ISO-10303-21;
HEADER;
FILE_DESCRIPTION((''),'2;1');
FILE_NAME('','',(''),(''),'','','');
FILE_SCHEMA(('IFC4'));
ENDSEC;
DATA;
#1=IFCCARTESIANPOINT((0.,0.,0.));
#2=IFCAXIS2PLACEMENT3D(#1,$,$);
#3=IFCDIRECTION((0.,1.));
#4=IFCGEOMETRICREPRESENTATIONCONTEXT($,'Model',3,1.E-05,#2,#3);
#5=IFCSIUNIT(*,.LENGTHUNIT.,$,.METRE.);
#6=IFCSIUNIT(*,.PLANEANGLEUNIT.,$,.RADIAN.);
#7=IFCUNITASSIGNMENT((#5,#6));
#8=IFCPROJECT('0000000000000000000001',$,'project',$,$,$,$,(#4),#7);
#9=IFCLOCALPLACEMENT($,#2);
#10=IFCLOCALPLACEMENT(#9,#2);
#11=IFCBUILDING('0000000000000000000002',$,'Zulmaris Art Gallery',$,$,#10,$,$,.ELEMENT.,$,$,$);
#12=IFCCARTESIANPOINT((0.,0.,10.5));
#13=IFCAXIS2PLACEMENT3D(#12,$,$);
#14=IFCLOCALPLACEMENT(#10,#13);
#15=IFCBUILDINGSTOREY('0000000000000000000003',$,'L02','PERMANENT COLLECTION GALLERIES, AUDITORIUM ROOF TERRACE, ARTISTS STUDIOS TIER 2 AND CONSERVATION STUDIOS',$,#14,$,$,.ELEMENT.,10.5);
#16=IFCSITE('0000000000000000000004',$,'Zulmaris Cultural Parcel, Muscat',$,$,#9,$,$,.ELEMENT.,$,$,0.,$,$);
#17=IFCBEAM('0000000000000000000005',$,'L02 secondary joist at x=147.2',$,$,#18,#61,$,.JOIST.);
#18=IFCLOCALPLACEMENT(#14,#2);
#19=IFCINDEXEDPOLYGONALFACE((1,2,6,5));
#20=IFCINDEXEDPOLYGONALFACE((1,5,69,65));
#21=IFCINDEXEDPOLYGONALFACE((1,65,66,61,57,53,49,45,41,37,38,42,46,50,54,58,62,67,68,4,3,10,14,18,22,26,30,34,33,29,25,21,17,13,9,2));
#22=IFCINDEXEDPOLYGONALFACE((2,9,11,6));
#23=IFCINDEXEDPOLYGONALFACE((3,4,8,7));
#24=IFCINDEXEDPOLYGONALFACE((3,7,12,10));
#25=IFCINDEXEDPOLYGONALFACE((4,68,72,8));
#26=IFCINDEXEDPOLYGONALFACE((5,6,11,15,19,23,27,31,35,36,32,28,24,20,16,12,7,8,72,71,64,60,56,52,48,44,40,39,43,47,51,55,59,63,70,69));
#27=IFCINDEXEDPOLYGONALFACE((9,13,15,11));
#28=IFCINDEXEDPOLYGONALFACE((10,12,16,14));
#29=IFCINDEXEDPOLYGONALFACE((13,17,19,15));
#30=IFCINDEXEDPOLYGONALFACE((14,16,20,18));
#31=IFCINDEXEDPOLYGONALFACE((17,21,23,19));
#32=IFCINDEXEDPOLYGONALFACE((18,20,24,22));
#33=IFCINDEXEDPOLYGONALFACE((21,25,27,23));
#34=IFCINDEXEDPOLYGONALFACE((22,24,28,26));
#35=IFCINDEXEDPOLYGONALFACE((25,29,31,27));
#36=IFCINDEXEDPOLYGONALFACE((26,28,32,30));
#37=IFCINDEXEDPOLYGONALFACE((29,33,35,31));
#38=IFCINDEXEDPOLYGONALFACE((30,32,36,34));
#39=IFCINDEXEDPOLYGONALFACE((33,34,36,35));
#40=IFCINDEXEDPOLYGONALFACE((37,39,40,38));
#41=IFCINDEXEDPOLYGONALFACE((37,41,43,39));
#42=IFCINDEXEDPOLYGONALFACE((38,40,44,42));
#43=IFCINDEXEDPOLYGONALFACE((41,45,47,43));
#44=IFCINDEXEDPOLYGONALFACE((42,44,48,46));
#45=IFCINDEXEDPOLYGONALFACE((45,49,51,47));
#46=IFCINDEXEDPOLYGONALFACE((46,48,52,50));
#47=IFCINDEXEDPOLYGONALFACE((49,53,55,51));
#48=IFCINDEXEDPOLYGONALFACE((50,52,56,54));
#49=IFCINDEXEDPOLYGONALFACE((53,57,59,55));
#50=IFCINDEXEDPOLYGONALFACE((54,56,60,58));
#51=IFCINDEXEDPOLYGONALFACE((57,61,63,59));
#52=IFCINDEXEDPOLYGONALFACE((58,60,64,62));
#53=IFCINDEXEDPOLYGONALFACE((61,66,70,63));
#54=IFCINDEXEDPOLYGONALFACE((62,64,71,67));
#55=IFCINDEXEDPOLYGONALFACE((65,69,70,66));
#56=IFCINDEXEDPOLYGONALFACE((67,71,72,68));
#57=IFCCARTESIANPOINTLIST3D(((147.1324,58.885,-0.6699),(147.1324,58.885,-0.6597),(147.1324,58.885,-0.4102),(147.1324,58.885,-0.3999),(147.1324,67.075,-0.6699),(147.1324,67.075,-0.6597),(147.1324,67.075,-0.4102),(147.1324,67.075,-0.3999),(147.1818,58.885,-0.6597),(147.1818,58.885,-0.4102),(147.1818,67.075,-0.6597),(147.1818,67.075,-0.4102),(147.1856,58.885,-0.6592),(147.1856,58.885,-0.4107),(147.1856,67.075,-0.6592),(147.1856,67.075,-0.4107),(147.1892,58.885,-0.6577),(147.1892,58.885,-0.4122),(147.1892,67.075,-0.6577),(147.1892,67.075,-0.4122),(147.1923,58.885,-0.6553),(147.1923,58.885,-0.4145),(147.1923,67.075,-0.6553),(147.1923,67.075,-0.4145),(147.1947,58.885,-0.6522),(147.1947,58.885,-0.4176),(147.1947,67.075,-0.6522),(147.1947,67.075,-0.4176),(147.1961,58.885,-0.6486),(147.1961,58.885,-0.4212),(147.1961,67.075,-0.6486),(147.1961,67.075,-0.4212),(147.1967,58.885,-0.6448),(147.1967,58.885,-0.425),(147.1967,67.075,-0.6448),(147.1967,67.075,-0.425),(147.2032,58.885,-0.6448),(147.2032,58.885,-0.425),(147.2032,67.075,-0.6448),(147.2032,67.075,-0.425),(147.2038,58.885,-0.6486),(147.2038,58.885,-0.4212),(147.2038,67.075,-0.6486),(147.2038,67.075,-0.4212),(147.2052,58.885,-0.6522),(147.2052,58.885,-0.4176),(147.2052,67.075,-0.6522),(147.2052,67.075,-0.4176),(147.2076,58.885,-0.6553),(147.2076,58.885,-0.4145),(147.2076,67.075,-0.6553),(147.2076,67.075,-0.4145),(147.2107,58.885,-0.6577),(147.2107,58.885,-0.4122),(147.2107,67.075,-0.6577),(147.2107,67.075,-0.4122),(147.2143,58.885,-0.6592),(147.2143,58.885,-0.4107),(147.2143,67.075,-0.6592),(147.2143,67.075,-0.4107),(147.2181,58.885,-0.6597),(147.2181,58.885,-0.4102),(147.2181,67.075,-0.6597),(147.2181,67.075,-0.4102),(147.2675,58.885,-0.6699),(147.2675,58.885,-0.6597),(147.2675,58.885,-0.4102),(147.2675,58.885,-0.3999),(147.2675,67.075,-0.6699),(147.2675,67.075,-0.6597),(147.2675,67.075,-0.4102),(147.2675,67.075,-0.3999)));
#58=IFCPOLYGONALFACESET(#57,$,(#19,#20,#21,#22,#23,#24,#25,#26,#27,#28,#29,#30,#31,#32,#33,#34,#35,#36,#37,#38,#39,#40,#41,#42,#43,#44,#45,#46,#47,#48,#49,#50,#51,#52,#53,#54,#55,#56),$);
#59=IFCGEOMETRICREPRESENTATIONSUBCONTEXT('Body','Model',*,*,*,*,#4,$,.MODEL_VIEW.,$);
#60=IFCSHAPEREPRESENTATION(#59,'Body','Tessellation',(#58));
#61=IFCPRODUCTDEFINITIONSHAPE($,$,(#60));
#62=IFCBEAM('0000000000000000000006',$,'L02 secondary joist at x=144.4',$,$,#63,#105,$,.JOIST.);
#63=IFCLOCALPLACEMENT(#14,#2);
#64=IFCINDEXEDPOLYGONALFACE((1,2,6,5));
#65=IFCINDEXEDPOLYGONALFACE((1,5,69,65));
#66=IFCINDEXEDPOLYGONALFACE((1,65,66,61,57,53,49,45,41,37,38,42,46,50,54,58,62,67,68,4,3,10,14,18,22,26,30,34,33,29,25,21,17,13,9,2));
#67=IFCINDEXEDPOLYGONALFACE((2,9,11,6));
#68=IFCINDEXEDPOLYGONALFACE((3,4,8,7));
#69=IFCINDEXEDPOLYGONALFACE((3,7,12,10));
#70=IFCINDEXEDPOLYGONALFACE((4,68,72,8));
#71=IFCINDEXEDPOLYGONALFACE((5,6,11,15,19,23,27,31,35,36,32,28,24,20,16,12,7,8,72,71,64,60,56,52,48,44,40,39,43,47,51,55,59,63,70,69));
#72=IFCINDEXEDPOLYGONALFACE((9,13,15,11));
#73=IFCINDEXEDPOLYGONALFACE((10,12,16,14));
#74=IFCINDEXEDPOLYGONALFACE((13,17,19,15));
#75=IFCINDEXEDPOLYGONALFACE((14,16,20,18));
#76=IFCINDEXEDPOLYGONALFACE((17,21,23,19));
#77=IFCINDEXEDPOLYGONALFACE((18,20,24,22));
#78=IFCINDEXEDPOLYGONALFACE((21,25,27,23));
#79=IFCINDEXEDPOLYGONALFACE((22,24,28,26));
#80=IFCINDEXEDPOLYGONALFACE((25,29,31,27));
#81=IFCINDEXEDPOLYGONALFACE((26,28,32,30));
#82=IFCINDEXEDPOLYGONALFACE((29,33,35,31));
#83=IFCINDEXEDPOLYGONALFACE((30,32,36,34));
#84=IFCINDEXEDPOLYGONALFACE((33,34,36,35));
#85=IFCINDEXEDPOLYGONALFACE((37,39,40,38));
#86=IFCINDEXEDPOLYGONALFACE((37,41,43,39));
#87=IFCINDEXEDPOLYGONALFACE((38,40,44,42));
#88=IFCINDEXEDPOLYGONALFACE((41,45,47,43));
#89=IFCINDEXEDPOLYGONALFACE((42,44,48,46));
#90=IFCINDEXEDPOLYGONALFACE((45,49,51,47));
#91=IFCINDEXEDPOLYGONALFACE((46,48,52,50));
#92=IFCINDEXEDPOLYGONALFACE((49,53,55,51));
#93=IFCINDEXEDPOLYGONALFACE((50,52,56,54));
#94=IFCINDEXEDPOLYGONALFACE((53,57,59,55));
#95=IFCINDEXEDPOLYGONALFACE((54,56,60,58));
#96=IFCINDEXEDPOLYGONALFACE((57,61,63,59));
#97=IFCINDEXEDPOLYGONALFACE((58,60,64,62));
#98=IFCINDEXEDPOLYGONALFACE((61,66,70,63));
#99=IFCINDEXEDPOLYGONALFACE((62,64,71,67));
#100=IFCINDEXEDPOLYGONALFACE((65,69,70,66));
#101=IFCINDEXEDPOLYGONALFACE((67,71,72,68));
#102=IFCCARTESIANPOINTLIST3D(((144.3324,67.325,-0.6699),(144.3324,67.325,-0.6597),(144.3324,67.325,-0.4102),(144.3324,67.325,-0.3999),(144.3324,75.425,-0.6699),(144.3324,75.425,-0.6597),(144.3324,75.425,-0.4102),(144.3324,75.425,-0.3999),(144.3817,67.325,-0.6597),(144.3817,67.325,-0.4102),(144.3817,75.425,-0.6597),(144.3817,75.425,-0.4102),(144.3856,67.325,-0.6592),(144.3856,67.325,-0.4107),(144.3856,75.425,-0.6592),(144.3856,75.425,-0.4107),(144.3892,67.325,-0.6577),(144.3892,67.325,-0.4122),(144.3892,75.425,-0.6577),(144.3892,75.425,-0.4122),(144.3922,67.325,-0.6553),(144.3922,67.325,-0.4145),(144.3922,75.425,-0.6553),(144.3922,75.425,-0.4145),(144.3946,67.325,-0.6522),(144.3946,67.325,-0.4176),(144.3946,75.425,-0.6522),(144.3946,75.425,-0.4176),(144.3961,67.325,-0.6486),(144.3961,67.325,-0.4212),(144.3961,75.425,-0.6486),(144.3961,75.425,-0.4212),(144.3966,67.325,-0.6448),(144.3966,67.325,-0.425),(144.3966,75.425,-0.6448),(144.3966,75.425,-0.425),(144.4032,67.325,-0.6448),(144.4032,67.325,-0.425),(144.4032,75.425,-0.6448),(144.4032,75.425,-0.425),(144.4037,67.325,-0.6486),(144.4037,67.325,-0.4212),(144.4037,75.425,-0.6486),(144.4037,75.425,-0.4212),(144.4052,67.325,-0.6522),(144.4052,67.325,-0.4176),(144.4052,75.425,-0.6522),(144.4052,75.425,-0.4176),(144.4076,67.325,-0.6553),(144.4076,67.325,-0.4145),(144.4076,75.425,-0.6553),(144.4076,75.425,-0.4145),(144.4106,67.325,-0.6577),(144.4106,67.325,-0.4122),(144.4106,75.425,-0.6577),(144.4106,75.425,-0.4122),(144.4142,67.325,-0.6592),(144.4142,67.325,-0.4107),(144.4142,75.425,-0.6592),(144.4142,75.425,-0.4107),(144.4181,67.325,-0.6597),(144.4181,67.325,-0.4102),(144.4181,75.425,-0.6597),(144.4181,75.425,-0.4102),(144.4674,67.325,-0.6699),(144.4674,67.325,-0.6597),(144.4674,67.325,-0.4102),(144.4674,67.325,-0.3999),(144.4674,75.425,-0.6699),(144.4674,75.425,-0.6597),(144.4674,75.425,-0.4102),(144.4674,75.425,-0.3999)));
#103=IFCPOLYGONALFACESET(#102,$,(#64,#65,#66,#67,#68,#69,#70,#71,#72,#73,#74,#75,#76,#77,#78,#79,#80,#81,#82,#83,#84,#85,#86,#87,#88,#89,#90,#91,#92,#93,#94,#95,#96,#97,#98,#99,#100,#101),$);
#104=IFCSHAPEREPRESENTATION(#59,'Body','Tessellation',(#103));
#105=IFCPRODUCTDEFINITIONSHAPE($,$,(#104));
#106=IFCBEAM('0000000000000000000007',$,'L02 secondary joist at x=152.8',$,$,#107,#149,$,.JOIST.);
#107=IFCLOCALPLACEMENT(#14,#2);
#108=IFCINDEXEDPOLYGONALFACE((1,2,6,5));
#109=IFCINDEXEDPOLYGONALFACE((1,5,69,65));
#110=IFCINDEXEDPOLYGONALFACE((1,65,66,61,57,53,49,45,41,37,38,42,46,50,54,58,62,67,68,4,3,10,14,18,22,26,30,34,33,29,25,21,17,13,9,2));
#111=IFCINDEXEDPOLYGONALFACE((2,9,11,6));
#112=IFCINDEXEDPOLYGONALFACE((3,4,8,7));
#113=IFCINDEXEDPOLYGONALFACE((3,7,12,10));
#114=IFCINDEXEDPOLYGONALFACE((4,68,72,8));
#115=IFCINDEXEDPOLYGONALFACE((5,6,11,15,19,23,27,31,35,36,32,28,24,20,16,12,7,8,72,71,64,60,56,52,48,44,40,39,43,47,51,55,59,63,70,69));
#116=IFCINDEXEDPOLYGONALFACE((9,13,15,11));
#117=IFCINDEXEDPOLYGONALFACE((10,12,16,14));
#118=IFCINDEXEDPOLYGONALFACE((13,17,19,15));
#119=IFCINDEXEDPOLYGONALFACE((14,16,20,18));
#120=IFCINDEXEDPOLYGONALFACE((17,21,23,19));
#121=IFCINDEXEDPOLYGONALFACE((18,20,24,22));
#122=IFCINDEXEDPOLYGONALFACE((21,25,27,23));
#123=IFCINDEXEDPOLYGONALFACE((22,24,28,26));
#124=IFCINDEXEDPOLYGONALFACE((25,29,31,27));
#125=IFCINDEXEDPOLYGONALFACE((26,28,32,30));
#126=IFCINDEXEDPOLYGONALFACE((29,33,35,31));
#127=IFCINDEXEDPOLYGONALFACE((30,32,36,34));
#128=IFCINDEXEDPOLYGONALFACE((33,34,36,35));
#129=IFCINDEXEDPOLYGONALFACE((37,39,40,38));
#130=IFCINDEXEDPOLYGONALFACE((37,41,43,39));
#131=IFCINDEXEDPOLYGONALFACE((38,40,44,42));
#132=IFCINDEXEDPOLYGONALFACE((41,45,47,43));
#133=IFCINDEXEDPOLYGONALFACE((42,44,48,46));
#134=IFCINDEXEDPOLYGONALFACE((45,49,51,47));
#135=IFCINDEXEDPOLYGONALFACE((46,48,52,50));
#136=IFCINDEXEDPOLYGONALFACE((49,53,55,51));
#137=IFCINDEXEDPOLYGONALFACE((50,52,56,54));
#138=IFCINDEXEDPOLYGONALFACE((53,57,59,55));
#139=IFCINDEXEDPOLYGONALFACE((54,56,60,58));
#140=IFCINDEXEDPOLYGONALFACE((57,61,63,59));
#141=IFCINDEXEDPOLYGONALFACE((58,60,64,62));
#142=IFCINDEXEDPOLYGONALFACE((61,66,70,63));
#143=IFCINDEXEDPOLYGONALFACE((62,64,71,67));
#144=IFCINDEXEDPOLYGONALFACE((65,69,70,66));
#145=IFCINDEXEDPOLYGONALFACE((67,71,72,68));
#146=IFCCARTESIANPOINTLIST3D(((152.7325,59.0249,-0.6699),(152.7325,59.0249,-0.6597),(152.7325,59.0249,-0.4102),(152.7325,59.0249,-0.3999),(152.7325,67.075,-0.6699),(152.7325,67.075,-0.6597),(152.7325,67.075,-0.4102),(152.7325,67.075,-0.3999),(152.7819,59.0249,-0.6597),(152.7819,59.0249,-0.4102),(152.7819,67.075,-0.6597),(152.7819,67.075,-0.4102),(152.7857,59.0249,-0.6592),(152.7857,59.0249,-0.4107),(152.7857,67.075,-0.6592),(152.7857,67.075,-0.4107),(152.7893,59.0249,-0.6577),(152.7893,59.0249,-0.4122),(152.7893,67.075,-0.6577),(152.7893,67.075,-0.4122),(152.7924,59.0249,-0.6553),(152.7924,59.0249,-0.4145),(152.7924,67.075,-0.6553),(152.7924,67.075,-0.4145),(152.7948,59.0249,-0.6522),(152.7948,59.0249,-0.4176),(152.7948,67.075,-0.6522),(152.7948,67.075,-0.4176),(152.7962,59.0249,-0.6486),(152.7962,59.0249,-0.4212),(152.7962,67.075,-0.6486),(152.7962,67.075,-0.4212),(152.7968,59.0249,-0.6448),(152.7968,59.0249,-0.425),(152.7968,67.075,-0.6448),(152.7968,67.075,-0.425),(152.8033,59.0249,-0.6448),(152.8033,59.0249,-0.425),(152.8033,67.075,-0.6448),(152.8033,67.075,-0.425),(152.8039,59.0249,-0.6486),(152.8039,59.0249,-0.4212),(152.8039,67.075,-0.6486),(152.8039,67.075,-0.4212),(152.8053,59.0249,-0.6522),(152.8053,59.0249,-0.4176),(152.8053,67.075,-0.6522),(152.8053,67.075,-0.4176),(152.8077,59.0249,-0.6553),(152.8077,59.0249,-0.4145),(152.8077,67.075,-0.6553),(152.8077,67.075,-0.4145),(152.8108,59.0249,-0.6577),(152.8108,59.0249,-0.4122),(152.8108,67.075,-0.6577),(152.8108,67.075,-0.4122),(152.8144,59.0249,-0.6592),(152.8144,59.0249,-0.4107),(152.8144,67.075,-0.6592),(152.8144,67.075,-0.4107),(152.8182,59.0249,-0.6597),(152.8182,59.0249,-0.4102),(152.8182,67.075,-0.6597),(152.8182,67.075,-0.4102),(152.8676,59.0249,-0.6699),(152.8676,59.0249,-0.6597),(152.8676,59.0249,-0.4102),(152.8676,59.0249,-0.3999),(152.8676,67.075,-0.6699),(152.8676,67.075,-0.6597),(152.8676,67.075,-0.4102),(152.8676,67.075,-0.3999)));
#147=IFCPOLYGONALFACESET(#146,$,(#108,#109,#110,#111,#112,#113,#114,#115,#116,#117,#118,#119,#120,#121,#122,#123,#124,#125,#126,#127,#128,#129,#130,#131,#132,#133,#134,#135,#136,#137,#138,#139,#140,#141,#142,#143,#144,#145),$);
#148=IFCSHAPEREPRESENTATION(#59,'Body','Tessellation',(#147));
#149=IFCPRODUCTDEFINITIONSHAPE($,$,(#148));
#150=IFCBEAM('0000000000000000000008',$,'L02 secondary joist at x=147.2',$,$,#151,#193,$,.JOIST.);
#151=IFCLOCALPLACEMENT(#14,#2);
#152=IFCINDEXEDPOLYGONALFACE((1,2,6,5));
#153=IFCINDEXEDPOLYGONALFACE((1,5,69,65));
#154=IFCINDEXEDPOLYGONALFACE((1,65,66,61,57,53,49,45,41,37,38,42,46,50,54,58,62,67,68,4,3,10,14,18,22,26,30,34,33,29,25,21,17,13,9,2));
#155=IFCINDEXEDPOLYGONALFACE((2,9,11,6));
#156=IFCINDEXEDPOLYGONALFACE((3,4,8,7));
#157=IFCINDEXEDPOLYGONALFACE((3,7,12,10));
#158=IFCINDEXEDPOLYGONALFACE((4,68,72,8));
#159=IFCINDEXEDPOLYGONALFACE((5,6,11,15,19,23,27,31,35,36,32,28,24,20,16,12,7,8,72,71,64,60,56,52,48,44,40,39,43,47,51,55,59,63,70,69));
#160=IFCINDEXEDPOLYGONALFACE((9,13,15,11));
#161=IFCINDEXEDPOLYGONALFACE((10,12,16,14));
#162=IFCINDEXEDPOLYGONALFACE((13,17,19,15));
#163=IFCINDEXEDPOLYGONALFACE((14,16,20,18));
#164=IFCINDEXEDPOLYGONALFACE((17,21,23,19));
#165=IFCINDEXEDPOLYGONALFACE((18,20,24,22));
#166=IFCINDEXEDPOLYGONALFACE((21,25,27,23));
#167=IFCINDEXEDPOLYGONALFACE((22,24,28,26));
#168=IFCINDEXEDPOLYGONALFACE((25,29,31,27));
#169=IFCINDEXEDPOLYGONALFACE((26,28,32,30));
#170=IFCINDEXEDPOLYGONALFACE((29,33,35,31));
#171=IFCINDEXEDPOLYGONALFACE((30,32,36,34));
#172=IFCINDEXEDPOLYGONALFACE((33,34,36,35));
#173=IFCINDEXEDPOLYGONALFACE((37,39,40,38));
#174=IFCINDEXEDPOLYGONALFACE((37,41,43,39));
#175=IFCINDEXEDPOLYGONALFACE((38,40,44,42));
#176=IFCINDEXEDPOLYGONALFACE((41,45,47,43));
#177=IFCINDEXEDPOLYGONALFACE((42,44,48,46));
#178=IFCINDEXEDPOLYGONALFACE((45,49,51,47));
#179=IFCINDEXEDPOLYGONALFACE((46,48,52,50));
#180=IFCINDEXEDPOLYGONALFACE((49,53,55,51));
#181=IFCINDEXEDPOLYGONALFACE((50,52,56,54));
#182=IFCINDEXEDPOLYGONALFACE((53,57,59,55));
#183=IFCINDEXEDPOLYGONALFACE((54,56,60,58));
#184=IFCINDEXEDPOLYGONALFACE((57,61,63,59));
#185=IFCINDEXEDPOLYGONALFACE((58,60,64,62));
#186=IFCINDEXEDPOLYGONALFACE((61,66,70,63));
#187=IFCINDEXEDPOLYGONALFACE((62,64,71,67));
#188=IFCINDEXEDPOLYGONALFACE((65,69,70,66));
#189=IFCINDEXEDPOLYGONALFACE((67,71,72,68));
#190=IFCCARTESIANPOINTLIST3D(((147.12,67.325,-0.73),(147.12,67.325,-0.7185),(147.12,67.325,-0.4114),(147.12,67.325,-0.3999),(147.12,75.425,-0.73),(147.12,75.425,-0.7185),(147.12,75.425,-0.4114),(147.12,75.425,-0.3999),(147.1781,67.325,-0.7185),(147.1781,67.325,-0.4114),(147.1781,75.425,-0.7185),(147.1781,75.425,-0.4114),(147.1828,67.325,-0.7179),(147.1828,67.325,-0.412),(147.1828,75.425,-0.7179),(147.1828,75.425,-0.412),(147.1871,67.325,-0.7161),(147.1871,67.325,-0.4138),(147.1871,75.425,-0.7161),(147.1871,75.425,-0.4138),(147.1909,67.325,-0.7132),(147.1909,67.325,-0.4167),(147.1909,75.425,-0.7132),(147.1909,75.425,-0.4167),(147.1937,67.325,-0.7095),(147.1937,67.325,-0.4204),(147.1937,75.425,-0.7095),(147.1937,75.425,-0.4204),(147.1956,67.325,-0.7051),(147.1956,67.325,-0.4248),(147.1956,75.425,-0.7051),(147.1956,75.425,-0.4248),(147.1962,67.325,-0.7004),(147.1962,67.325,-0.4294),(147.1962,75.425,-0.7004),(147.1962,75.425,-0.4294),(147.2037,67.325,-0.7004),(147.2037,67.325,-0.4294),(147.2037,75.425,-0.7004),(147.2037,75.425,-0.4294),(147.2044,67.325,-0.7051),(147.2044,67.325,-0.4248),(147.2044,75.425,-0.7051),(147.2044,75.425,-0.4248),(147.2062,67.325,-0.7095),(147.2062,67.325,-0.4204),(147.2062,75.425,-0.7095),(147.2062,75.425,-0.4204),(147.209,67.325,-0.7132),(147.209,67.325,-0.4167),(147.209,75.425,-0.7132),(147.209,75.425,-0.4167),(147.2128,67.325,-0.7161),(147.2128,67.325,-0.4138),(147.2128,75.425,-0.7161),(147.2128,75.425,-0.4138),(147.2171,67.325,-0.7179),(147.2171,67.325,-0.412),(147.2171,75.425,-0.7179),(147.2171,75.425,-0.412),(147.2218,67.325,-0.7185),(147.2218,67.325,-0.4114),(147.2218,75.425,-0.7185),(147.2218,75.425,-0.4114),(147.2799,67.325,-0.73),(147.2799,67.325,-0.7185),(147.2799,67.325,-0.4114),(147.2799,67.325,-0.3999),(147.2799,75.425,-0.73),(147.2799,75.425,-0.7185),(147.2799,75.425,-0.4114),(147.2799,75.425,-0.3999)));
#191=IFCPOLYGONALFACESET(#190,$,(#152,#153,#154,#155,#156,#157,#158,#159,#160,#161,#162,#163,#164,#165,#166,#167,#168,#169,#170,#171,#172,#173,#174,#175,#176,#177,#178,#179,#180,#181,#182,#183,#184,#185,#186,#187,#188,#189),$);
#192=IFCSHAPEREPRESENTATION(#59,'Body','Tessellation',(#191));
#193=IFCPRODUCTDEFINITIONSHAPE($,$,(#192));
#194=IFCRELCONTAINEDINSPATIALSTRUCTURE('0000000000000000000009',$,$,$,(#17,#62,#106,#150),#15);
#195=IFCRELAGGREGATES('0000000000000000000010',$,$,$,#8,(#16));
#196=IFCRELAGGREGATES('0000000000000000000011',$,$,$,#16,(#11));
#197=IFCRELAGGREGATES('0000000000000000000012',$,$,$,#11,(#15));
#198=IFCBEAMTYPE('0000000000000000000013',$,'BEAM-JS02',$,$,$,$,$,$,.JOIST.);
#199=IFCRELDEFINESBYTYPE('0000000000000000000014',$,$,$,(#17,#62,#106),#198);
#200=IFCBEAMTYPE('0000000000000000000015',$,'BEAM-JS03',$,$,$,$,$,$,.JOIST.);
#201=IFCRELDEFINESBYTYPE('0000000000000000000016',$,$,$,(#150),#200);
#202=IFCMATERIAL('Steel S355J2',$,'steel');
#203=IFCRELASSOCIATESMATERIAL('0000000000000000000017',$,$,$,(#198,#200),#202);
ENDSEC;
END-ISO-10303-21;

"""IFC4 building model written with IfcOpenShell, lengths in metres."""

from ifc_helpers import new_model, si_unit, direction, frame, origin, origin_2d, place, context, subcontext, project, spatial, i_section, extrude, material, material_profile, profile_set, type_object, element, save


model = new_model("IFC4")

# Units and contexts
model_context = context("Model", 3, precision=1e-05, world=origin(), true_north=direction((0.0, 1.0)))
body_context = subcontext(model_context, "Body", "Model", "MODEL_VIEW")
ifc_project = project(units=[si_unit("LENGTHUNIT", "METRE"), si_unit("PLANEANGLEUNIT", "RADIAN")], contexts=[model_context])

# Site, building, storey
site_placement = place(None, origin())
site = spatial("IfcSite", under=ifc_project, at=site_placement, Name="Zulmaris Cultural Parcel, Muscat", CompositionType="ELEMENT", RefElevation=0.0)
building_placement = place(site_placement, origin())
building = spatial("IfcBuilding", under=site, at=building_placement, Name="Zulmaris Art Gallery", CompositionType="ELEMENT")
storey_placement = place(building_placement, frame((0.0, 0.0, 10.5)))
storey = spatial("IfcBuildingStorey", under=building, at=storey_placement, Name="L02", Description="PERMANENT COLLECTION GALLERIES, AUDITORIUM ROOF TERRACE, ARTISTS STUDIOS TIER 2 AND CONSERVATION STUDIOS", CompositionType="ELEMENT", Elevation=10.5)

# Beams
ifc_material_1 = material(Name="Steel S355J2", Category="steel")
ifc_material_profile_1 = material_profile(ifc_material_1, i_section(OverallWidth=0.135, OverallDepth=0.27, WebThickness=0.0066, FlangeThickness=0.0103, FilletRadius=0.0149, at=origin_2d()), Name="IPE 270")
ifc_profile_set_1 = profile_set([ifc_material_profile_1], Name="Steel S355J2")
beam_type_1 = type_object("IfcBeamType", Name="BEAM-JS02", PredefinedType="JOIST", material=ifc_profile_set_1)
beam_1_placement = place(storey_placement, frame((147.2, 58.885, -0.5349), z_axis=(0.0, 1.0, 0.0), x_axis=(-1.0, 0.0, 0.0)))
element("IfcBeam", 1, at=beam_1_placement, inside=storey, type_object=beam_type_1, Name="L02 secondary joist at x=147.2", PredefinedType="JOIST", context=body_context, shape_type="SweptSolid", body=[
    extrude(i_section(OverallWidth=0.135, OverallDepth=0.27, WebThickness=0.0066, FlangeThickness=0.0103, FilletRadius=0.0149, at=origin_2d()), origin(), (0.0, 0.0, 1.0), 8.1899),
])
beam_2_placement = place(storey_placement, frame((144.3999, 67.325, -0.5349), z_axis=(0.0, 1.0, 0.0), x_axis=(-1.0, 0.0, 0.0)))
element("IfcBeam", 2, at=beam_2_placement, inside=storey, type_object=beam_type_1, Name="L02 secondary joist at x=144.4", PredefinedType="JOIST", context=body_context, shape_type="SweptSolid", body=[
    extrude(i_section(OverallWidth=0.135, OverallDepth=0.27, WebThickness=0.0066, FlangeThickness=0.0103, FilletRadius=0.0149, at=origin_2d()), origin(), (0.0, 0.0, 1.0), 8.1001),
])
beam_3_placement = place(storey_placement, frame((152.8, 59.0249, -0.5349), z_axis=(0.0, 1.0, 0.0), x_axis=(-1.0, 0.0, 0.0)))
element("IfcBeam", 3, at=beam_3_placement, inside=storey, type_object=beam_type_1, Name="L02 secondary joist at x=152.8", PredefinedType="JOIST", context=body_context, shape_type="SweptSolid", body=[
    extrude(i_section(OverallWidth=0.135, OverallDepth=0.27, WebThickness=0.0066, FlangeThickness=0.0103, FilletRadius=0.0149, at=origin_2d()), origin(), (0.0, 0.0, 1.0), 8.05),
])
ifc_material_profile_2 = material_profile(ifc_material_1, i_section(OverallWidth=0.1599, OverallDepth=0.3301, WebThickness=0.0076, FlangeThickness=0.0115, FilletRadius=0.0181, at=origin_2d()), Name="IPE 330")
ifc_profile_set_2 = profile_set([ifc_material_profile_2], Name="Steel S355J2")
beam_type_2 = type_object("IfcBeamType", Name="BEAM-JS03", PredefinedType="JOIST", material=ifc_profile_set_2)
beam_4_placement = place(storey_placement, frame((147.2, 67.325, -0.5649), z_axis=(0.0, 1.0, 0.0), x_axis=(-1.0, 0.0, 0.0)))
element("IfcBeam", 4, at=beam_4_placement, inside=storey, type_object=beam_type_2, Name="L02 secondary joist at x=147.2", PredefinedType="JOIST", context=body_context, shape_type="SweptSolid", body=[
    extrude(i_section(OverallWidth=0.1599, OverallDepth=0.3301, WebThickness=0.0076, FlangeThickness=0.0115, FilletRadius=0.0181, at=origin_2d()), origin(), (0.0, 0.0, 1.0), 8.1001),
])

save(model, "model.ifc")
